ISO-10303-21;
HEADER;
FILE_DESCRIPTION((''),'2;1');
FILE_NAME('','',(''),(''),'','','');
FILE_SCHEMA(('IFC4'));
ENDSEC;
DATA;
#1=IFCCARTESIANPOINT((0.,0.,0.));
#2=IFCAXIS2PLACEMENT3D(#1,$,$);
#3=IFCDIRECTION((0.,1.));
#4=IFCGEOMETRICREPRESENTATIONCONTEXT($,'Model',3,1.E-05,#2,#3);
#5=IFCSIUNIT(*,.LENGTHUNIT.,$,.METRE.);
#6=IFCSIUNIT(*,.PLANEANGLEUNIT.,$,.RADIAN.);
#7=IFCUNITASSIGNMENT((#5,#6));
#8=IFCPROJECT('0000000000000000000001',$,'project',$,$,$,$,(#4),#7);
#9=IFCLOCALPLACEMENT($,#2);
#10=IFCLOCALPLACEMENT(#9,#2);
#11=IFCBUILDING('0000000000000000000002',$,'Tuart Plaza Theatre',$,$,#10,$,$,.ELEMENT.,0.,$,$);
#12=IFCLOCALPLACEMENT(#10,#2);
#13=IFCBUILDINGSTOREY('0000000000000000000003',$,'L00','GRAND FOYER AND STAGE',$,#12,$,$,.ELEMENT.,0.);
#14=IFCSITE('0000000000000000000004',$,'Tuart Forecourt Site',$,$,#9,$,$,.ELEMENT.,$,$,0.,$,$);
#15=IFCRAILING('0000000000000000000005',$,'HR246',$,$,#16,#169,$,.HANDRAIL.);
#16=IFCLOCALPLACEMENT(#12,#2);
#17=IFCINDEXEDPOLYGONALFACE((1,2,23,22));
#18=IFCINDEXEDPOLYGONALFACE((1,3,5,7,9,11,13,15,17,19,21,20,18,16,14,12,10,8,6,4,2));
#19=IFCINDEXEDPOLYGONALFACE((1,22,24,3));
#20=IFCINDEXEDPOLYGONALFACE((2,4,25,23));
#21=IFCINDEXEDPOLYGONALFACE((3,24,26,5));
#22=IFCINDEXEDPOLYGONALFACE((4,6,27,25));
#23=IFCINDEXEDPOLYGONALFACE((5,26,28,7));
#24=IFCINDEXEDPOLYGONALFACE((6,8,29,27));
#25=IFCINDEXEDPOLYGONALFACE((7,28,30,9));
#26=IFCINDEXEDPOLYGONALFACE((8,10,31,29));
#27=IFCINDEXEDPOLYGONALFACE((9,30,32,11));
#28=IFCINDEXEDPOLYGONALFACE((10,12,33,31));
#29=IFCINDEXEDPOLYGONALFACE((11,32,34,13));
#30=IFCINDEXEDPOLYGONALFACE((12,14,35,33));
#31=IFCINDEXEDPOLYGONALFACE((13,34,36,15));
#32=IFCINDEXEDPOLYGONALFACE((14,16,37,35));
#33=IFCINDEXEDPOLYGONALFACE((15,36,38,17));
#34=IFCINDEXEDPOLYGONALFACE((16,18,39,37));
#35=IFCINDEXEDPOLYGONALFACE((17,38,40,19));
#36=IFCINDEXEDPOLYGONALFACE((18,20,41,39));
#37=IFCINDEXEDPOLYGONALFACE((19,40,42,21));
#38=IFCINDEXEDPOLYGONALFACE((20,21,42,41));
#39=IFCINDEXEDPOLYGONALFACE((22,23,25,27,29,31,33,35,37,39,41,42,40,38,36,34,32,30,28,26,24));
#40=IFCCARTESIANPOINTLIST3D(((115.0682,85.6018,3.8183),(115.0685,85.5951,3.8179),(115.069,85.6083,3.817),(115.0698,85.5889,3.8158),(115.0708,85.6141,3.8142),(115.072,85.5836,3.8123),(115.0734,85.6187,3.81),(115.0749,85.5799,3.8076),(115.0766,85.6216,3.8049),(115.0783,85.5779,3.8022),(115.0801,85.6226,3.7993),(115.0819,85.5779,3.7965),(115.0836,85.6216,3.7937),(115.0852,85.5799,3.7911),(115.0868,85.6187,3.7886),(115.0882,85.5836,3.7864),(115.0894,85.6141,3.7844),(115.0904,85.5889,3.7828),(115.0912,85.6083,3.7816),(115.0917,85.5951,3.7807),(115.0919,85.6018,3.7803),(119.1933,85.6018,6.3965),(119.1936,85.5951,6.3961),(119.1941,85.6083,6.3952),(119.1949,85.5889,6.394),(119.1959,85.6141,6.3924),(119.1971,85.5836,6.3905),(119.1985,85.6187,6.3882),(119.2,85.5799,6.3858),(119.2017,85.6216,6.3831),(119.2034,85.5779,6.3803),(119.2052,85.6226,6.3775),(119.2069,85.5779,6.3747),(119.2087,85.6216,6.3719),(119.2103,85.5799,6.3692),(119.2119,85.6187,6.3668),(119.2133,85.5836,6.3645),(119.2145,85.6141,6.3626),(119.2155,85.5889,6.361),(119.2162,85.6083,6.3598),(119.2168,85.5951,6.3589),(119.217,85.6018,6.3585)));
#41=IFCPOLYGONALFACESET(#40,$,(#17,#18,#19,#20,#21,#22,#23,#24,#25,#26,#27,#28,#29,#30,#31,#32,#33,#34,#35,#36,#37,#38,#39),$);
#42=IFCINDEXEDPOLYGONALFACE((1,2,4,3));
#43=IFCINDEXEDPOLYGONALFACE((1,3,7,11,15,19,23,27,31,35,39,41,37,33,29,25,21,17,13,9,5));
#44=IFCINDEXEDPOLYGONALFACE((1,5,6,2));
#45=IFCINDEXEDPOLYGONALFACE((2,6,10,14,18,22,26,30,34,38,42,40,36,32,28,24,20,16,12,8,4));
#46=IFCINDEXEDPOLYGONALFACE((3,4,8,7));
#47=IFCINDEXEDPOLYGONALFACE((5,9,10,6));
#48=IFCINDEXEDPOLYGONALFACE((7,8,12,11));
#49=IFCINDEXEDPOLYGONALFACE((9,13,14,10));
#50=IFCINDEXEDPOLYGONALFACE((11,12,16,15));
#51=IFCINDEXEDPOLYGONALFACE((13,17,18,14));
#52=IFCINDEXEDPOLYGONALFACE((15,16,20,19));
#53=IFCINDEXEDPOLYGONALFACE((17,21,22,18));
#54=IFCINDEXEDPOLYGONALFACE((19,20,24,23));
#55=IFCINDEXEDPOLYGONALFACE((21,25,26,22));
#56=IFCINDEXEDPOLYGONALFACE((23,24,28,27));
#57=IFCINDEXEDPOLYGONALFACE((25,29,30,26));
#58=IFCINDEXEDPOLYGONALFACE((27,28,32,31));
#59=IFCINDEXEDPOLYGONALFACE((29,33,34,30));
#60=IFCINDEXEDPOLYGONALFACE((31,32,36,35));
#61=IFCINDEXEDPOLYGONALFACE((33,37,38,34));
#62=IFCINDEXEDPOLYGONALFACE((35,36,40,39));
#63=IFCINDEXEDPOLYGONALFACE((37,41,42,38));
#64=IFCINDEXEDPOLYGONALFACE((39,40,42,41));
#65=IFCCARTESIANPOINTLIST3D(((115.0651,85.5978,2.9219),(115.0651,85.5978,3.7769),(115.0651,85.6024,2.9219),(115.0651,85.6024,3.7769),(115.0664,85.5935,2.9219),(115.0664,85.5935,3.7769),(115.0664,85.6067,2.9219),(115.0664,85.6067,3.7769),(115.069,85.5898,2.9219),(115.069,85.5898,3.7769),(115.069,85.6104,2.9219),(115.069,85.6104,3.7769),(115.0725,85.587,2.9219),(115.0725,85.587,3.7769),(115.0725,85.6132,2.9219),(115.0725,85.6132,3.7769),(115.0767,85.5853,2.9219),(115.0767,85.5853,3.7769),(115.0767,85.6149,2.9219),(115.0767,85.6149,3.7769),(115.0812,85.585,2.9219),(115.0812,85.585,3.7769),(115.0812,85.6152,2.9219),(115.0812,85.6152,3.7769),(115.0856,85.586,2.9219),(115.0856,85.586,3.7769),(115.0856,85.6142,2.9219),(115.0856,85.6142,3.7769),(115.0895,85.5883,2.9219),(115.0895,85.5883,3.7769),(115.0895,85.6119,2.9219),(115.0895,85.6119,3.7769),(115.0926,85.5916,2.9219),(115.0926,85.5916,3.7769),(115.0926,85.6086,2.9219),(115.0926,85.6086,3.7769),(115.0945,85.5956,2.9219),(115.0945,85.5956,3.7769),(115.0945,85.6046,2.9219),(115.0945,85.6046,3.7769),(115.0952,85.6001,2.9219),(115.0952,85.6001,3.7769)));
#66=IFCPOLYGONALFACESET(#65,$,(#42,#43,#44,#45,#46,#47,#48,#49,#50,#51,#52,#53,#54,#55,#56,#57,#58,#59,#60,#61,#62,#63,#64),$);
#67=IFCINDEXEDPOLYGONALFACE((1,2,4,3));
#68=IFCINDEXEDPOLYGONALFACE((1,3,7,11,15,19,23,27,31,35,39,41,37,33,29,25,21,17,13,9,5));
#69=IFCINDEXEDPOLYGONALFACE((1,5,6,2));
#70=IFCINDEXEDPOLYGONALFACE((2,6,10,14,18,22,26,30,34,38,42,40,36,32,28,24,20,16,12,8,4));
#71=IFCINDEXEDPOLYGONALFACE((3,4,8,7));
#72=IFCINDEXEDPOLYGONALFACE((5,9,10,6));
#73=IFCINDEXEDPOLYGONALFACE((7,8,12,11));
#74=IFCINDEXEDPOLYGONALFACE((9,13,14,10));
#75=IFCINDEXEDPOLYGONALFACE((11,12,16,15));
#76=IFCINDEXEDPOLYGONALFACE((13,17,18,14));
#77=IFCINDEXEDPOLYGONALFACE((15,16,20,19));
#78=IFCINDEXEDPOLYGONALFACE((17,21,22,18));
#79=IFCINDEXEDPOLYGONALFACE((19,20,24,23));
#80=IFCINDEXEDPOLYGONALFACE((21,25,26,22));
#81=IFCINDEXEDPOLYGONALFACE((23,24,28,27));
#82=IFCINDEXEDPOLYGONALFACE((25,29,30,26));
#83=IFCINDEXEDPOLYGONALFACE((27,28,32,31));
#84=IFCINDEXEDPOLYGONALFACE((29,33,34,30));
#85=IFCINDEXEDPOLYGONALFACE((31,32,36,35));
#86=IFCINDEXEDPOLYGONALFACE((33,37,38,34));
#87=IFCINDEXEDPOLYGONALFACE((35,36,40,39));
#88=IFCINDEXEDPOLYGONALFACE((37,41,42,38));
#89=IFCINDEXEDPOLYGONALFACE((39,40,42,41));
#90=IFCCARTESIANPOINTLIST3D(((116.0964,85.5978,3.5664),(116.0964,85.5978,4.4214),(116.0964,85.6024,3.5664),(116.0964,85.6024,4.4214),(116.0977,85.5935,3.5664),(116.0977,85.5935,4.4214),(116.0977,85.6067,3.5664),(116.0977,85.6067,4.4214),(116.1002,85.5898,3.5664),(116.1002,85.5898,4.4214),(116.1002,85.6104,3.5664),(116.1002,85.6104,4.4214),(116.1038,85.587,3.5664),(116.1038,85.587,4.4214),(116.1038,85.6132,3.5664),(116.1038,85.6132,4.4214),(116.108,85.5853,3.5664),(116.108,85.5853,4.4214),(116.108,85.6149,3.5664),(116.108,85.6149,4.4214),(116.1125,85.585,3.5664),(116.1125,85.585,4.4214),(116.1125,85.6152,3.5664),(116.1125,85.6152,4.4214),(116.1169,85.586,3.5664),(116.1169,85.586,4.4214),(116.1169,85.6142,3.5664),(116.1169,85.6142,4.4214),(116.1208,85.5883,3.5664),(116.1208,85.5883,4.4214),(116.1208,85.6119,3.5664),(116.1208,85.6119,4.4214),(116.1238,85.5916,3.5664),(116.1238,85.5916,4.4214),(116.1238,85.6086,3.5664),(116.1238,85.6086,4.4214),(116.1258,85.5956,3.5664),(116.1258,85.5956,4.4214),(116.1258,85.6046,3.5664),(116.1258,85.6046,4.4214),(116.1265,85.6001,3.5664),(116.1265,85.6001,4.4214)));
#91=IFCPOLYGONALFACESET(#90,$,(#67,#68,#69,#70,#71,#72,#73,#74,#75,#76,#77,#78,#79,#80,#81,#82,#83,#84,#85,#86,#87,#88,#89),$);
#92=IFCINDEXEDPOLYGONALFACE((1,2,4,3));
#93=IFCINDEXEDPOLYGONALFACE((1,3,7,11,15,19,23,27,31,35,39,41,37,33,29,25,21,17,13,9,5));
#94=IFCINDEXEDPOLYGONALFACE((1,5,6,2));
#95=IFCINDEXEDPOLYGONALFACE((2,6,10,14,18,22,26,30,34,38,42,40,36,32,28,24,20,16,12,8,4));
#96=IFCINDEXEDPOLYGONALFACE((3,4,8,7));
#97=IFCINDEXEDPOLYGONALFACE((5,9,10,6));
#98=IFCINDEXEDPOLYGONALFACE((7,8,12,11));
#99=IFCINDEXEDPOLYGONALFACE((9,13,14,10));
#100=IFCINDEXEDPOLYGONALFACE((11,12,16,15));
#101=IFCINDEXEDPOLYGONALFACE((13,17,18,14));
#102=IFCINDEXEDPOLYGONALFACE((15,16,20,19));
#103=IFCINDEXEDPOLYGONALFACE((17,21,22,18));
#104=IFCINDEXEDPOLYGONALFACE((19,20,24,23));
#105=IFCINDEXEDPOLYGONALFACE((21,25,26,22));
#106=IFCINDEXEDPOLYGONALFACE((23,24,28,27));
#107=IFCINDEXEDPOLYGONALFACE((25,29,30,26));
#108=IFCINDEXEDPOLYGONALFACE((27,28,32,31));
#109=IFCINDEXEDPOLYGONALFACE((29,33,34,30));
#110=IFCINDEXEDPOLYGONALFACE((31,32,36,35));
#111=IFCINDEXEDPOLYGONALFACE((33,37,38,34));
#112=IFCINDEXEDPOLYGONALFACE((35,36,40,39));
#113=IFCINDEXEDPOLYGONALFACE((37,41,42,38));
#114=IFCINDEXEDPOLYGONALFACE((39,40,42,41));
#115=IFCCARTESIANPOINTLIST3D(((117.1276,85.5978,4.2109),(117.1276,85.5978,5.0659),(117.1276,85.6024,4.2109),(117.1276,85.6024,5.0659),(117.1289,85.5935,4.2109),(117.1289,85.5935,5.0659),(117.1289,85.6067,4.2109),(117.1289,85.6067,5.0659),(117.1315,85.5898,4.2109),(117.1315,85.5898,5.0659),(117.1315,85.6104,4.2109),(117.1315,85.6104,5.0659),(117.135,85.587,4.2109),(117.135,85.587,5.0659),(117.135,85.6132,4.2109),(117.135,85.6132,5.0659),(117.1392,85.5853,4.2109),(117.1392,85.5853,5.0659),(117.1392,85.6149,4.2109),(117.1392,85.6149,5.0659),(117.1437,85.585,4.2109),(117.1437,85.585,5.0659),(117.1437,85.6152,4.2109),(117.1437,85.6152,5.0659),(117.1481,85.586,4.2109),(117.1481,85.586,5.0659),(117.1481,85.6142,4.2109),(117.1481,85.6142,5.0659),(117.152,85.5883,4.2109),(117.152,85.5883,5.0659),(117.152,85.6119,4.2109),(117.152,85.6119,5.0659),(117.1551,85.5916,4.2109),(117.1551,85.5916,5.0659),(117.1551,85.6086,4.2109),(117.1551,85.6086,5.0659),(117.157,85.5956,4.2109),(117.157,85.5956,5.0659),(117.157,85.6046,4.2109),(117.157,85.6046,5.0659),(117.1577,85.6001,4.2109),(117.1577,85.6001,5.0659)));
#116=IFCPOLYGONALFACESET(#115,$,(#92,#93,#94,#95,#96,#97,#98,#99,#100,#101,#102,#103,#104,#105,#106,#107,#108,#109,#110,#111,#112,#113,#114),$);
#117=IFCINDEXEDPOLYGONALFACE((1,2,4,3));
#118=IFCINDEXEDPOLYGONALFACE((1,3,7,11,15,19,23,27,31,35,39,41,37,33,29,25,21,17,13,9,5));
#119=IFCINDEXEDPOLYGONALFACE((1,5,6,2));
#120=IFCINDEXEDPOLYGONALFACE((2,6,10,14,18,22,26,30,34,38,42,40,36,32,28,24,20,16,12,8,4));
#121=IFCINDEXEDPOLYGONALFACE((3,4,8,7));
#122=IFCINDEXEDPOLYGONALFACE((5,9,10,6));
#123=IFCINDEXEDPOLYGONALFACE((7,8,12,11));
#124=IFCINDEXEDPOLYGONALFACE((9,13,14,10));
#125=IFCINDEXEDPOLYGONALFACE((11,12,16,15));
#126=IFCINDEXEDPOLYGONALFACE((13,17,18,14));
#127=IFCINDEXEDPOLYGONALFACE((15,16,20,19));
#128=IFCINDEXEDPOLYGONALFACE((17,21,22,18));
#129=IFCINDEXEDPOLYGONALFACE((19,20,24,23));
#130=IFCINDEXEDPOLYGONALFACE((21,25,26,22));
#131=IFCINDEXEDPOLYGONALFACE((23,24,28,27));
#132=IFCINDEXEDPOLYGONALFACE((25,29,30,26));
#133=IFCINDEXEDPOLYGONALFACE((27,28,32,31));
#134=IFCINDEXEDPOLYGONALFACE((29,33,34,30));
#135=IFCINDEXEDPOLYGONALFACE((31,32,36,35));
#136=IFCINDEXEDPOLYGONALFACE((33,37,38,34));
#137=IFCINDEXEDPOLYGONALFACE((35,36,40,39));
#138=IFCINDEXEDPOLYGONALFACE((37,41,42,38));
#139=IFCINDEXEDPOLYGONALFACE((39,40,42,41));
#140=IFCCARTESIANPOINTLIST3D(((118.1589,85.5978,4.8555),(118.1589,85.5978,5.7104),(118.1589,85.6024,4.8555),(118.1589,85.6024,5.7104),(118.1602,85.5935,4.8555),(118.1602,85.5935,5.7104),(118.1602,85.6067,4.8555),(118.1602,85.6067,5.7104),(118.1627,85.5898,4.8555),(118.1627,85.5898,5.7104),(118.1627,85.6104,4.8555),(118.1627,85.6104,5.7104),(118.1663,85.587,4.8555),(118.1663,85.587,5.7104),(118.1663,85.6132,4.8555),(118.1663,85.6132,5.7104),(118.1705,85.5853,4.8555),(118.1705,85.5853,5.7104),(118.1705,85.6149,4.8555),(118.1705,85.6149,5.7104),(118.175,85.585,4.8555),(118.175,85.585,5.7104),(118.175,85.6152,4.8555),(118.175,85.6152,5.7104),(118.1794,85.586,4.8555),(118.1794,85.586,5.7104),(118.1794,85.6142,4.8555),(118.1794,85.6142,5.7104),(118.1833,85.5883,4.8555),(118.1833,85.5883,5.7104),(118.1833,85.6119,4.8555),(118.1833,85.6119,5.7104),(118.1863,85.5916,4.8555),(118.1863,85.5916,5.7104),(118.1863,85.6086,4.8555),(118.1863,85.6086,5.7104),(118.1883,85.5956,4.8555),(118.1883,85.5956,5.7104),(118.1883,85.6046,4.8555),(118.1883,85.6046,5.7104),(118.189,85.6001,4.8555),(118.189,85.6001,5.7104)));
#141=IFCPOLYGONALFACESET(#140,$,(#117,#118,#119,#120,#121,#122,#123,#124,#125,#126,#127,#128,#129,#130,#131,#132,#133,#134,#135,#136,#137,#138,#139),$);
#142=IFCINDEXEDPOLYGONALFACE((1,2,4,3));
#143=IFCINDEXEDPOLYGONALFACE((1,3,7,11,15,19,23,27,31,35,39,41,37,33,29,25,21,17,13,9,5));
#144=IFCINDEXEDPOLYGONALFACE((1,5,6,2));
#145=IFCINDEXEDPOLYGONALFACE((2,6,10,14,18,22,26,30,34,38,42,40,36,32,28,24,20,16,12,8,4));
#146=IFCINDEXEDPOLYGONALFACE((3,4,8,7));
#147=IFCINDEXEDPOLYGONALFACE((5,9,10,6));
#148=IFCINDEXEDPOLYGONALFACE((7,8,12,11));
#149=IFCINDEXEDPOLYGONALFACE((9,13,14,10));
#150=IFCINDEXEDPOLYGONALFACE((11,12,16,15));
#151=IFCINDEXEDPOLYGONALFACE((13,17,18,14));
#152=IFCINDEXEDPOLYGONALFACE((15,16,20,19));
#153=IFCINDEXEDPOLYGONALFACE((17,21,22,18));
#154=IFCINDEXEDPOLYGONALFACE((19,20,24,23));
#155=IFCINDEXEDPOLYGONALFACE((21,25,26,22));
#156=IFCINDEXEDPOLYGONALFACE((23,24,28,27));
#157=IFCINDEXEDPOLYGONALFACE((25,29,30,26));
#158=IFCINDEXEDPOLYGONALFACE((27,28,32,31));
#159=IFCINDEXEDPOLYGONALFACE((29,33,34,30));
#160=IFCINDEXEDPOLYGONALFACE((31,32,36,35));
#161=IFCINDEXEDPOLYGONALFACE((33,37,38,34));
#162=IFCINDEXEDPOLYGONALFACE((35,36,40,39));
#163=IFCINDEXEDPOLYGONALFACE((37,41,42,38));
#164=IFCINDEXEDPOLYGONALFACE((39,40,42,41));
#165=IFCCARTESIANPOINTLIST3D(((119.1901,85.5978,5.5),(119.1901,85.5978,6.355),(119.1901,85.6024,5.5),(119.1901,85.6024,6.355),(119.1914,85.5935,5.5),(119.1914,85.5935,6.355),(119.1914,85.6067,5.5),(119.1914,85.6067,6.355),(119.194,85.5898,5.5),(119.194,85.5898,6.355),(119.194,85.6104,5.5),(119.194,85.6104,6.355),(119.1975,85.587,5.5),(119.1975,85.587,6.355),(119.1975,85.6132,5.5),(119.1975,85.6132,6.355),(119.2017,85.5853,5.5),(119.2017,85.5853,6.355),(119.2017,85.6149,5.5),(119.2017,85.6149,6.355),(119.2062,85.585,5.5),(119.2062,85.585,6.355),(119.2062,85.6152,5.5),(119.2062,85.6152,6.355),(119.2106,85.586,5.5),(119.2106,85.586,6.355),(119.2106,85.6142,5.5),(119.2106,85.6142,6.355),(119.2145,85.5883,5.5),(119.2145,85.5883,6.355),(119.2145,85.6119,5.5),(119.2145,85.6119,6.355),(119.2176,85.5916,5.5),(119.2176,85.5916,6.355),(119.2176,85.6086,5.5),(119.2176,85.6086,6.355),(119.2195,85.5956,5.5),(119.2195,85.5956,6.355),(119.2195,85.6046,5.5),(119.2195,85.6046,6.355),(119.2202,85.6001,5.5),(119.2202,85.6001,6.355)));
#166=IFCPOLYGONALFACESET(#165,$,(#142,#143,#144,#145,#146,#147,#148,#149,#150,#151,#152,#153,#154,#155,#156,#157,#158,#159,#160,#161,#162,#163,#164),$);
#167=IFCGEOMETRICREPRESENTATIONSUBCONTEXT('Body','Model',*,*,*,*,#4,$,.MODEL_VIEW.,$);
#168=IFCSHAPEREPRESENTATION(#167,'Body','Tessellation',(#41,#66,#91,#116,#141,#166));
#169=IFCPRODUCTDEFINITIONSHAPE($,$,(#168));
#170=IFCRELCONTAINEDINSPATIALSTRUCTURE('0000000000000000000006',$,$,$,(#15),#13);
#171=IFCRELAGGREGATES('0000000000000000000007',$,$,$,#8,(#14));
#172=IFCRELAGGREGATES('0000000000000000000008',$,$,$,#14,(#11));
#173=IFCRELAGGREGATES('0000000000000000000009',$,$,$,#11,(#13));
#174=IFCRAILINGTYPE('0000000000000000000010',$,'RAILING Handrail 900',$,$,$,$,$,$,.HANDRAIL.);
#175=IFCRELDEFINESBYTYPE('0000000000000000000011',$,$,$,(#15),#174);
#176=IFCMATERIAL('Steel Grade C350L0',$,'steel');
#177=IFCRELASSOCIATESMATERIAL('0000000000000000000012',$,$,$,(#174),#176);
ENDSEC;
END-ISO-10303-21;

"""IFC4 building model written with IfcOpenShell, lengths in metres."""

from ifc_helpers import new_model, si_unit, direction, frame, origin, origin_2d, place, context, subcontext, project, spatial, circle, extrude, material, type_object, element, save


model = new_model("IFC4")

# Units and contexts
model_context = context("Model", 3, precision=1e-05, world=origin(), true_north=direction((0.0, 1.0)))
body_context = subcontext(model_context, "Body", "Model", "MODEL_VIEW")
ifc_project = project(units=[si_unit("LENGTHUNIT", "METRE"), si_unit("PLANEANGLEUNIT", "RADIAN")], contexts=[model_context])

# Site, building, storey
site_placement = place(None, origin())
site = spatial("IfcSite", under=ifc_project, at=site_placement, Name="Tuart Forecourt Site", CompositionType="ELEMENT", RefElevation=0.0)
building_placement = place(site_placement, origin())
building = spatial("IfcBuilding", under=site, at=building_placement, Name="Tuart Plaza Theatre", CompositionType="ELEMENT", ElevationOfRefHeight=0.0)
storey_placement = place(building_placement, origin())
storey = spatial("IfcBuildingStorey", under=building, at=storey_placement, Name="L00", Description="GRAND FOYER AND STAGE", CompositionType="ELEMENT", Elevation=0.0)

# Railing
ifc_material_1 = material(Name="Steel Grade C350L0", Category="steel")
railing_type_1 = type_object("IfcRailingType", Name="RAILING Handrail 900", PredefinedType="HANDRAIL", material=ifc_material_1)
for number, where, name in (
    (1, (115.0801, 85.6001, 2.9219), "HR246"),
):
    element("IfcRailing", number, at=place(storey_placement, frame(where)), inside=storey, type_object=railing_type_1, Name=name, PredefinedType="HANDRAIL", context=body_context, shape_type="SweptSolid", body=[
        extrude(circle(Radius=0.0225, at=origin_2d()), frame((0.0, 0.0, 0.8774), z_axis=(0.847998, 0.0, 0.529999), x_axis=(0.0, 1.0, 0.0)), (0.0, 0.0, 1.0), 4.8645),
        extrude(circle(Radius=0.0151, at=origin_2d()), origin(), (0.0, 0.0, 1.0), 0.855),
        extrude(circle(Radius=0.0151, at=origin_2d()), frame((1.0312, 0.0, 0.6445)), (0.0, 0.0, 1.0), 0.855),
        extrude(circle(Radius=0.0151, at=origin_2d()), frame((2.0625, 0.0, 1.2891)), (0.0, 0.0, 1.0), 0.855),
        extrude(circle(Radius=0.0151, at=origin_2d()), frame((3.0938, 0.0, 1.9336)), (0.0, 0.0, 1.0), 0.855),
        extrude(circle(Radius=0.0151, at=origin_2d()), frame((4.125, 0.0, 2.5781)), (0.0, 0.0, 1.0), 0.855),
    ])

save(model, "model.ifc")
